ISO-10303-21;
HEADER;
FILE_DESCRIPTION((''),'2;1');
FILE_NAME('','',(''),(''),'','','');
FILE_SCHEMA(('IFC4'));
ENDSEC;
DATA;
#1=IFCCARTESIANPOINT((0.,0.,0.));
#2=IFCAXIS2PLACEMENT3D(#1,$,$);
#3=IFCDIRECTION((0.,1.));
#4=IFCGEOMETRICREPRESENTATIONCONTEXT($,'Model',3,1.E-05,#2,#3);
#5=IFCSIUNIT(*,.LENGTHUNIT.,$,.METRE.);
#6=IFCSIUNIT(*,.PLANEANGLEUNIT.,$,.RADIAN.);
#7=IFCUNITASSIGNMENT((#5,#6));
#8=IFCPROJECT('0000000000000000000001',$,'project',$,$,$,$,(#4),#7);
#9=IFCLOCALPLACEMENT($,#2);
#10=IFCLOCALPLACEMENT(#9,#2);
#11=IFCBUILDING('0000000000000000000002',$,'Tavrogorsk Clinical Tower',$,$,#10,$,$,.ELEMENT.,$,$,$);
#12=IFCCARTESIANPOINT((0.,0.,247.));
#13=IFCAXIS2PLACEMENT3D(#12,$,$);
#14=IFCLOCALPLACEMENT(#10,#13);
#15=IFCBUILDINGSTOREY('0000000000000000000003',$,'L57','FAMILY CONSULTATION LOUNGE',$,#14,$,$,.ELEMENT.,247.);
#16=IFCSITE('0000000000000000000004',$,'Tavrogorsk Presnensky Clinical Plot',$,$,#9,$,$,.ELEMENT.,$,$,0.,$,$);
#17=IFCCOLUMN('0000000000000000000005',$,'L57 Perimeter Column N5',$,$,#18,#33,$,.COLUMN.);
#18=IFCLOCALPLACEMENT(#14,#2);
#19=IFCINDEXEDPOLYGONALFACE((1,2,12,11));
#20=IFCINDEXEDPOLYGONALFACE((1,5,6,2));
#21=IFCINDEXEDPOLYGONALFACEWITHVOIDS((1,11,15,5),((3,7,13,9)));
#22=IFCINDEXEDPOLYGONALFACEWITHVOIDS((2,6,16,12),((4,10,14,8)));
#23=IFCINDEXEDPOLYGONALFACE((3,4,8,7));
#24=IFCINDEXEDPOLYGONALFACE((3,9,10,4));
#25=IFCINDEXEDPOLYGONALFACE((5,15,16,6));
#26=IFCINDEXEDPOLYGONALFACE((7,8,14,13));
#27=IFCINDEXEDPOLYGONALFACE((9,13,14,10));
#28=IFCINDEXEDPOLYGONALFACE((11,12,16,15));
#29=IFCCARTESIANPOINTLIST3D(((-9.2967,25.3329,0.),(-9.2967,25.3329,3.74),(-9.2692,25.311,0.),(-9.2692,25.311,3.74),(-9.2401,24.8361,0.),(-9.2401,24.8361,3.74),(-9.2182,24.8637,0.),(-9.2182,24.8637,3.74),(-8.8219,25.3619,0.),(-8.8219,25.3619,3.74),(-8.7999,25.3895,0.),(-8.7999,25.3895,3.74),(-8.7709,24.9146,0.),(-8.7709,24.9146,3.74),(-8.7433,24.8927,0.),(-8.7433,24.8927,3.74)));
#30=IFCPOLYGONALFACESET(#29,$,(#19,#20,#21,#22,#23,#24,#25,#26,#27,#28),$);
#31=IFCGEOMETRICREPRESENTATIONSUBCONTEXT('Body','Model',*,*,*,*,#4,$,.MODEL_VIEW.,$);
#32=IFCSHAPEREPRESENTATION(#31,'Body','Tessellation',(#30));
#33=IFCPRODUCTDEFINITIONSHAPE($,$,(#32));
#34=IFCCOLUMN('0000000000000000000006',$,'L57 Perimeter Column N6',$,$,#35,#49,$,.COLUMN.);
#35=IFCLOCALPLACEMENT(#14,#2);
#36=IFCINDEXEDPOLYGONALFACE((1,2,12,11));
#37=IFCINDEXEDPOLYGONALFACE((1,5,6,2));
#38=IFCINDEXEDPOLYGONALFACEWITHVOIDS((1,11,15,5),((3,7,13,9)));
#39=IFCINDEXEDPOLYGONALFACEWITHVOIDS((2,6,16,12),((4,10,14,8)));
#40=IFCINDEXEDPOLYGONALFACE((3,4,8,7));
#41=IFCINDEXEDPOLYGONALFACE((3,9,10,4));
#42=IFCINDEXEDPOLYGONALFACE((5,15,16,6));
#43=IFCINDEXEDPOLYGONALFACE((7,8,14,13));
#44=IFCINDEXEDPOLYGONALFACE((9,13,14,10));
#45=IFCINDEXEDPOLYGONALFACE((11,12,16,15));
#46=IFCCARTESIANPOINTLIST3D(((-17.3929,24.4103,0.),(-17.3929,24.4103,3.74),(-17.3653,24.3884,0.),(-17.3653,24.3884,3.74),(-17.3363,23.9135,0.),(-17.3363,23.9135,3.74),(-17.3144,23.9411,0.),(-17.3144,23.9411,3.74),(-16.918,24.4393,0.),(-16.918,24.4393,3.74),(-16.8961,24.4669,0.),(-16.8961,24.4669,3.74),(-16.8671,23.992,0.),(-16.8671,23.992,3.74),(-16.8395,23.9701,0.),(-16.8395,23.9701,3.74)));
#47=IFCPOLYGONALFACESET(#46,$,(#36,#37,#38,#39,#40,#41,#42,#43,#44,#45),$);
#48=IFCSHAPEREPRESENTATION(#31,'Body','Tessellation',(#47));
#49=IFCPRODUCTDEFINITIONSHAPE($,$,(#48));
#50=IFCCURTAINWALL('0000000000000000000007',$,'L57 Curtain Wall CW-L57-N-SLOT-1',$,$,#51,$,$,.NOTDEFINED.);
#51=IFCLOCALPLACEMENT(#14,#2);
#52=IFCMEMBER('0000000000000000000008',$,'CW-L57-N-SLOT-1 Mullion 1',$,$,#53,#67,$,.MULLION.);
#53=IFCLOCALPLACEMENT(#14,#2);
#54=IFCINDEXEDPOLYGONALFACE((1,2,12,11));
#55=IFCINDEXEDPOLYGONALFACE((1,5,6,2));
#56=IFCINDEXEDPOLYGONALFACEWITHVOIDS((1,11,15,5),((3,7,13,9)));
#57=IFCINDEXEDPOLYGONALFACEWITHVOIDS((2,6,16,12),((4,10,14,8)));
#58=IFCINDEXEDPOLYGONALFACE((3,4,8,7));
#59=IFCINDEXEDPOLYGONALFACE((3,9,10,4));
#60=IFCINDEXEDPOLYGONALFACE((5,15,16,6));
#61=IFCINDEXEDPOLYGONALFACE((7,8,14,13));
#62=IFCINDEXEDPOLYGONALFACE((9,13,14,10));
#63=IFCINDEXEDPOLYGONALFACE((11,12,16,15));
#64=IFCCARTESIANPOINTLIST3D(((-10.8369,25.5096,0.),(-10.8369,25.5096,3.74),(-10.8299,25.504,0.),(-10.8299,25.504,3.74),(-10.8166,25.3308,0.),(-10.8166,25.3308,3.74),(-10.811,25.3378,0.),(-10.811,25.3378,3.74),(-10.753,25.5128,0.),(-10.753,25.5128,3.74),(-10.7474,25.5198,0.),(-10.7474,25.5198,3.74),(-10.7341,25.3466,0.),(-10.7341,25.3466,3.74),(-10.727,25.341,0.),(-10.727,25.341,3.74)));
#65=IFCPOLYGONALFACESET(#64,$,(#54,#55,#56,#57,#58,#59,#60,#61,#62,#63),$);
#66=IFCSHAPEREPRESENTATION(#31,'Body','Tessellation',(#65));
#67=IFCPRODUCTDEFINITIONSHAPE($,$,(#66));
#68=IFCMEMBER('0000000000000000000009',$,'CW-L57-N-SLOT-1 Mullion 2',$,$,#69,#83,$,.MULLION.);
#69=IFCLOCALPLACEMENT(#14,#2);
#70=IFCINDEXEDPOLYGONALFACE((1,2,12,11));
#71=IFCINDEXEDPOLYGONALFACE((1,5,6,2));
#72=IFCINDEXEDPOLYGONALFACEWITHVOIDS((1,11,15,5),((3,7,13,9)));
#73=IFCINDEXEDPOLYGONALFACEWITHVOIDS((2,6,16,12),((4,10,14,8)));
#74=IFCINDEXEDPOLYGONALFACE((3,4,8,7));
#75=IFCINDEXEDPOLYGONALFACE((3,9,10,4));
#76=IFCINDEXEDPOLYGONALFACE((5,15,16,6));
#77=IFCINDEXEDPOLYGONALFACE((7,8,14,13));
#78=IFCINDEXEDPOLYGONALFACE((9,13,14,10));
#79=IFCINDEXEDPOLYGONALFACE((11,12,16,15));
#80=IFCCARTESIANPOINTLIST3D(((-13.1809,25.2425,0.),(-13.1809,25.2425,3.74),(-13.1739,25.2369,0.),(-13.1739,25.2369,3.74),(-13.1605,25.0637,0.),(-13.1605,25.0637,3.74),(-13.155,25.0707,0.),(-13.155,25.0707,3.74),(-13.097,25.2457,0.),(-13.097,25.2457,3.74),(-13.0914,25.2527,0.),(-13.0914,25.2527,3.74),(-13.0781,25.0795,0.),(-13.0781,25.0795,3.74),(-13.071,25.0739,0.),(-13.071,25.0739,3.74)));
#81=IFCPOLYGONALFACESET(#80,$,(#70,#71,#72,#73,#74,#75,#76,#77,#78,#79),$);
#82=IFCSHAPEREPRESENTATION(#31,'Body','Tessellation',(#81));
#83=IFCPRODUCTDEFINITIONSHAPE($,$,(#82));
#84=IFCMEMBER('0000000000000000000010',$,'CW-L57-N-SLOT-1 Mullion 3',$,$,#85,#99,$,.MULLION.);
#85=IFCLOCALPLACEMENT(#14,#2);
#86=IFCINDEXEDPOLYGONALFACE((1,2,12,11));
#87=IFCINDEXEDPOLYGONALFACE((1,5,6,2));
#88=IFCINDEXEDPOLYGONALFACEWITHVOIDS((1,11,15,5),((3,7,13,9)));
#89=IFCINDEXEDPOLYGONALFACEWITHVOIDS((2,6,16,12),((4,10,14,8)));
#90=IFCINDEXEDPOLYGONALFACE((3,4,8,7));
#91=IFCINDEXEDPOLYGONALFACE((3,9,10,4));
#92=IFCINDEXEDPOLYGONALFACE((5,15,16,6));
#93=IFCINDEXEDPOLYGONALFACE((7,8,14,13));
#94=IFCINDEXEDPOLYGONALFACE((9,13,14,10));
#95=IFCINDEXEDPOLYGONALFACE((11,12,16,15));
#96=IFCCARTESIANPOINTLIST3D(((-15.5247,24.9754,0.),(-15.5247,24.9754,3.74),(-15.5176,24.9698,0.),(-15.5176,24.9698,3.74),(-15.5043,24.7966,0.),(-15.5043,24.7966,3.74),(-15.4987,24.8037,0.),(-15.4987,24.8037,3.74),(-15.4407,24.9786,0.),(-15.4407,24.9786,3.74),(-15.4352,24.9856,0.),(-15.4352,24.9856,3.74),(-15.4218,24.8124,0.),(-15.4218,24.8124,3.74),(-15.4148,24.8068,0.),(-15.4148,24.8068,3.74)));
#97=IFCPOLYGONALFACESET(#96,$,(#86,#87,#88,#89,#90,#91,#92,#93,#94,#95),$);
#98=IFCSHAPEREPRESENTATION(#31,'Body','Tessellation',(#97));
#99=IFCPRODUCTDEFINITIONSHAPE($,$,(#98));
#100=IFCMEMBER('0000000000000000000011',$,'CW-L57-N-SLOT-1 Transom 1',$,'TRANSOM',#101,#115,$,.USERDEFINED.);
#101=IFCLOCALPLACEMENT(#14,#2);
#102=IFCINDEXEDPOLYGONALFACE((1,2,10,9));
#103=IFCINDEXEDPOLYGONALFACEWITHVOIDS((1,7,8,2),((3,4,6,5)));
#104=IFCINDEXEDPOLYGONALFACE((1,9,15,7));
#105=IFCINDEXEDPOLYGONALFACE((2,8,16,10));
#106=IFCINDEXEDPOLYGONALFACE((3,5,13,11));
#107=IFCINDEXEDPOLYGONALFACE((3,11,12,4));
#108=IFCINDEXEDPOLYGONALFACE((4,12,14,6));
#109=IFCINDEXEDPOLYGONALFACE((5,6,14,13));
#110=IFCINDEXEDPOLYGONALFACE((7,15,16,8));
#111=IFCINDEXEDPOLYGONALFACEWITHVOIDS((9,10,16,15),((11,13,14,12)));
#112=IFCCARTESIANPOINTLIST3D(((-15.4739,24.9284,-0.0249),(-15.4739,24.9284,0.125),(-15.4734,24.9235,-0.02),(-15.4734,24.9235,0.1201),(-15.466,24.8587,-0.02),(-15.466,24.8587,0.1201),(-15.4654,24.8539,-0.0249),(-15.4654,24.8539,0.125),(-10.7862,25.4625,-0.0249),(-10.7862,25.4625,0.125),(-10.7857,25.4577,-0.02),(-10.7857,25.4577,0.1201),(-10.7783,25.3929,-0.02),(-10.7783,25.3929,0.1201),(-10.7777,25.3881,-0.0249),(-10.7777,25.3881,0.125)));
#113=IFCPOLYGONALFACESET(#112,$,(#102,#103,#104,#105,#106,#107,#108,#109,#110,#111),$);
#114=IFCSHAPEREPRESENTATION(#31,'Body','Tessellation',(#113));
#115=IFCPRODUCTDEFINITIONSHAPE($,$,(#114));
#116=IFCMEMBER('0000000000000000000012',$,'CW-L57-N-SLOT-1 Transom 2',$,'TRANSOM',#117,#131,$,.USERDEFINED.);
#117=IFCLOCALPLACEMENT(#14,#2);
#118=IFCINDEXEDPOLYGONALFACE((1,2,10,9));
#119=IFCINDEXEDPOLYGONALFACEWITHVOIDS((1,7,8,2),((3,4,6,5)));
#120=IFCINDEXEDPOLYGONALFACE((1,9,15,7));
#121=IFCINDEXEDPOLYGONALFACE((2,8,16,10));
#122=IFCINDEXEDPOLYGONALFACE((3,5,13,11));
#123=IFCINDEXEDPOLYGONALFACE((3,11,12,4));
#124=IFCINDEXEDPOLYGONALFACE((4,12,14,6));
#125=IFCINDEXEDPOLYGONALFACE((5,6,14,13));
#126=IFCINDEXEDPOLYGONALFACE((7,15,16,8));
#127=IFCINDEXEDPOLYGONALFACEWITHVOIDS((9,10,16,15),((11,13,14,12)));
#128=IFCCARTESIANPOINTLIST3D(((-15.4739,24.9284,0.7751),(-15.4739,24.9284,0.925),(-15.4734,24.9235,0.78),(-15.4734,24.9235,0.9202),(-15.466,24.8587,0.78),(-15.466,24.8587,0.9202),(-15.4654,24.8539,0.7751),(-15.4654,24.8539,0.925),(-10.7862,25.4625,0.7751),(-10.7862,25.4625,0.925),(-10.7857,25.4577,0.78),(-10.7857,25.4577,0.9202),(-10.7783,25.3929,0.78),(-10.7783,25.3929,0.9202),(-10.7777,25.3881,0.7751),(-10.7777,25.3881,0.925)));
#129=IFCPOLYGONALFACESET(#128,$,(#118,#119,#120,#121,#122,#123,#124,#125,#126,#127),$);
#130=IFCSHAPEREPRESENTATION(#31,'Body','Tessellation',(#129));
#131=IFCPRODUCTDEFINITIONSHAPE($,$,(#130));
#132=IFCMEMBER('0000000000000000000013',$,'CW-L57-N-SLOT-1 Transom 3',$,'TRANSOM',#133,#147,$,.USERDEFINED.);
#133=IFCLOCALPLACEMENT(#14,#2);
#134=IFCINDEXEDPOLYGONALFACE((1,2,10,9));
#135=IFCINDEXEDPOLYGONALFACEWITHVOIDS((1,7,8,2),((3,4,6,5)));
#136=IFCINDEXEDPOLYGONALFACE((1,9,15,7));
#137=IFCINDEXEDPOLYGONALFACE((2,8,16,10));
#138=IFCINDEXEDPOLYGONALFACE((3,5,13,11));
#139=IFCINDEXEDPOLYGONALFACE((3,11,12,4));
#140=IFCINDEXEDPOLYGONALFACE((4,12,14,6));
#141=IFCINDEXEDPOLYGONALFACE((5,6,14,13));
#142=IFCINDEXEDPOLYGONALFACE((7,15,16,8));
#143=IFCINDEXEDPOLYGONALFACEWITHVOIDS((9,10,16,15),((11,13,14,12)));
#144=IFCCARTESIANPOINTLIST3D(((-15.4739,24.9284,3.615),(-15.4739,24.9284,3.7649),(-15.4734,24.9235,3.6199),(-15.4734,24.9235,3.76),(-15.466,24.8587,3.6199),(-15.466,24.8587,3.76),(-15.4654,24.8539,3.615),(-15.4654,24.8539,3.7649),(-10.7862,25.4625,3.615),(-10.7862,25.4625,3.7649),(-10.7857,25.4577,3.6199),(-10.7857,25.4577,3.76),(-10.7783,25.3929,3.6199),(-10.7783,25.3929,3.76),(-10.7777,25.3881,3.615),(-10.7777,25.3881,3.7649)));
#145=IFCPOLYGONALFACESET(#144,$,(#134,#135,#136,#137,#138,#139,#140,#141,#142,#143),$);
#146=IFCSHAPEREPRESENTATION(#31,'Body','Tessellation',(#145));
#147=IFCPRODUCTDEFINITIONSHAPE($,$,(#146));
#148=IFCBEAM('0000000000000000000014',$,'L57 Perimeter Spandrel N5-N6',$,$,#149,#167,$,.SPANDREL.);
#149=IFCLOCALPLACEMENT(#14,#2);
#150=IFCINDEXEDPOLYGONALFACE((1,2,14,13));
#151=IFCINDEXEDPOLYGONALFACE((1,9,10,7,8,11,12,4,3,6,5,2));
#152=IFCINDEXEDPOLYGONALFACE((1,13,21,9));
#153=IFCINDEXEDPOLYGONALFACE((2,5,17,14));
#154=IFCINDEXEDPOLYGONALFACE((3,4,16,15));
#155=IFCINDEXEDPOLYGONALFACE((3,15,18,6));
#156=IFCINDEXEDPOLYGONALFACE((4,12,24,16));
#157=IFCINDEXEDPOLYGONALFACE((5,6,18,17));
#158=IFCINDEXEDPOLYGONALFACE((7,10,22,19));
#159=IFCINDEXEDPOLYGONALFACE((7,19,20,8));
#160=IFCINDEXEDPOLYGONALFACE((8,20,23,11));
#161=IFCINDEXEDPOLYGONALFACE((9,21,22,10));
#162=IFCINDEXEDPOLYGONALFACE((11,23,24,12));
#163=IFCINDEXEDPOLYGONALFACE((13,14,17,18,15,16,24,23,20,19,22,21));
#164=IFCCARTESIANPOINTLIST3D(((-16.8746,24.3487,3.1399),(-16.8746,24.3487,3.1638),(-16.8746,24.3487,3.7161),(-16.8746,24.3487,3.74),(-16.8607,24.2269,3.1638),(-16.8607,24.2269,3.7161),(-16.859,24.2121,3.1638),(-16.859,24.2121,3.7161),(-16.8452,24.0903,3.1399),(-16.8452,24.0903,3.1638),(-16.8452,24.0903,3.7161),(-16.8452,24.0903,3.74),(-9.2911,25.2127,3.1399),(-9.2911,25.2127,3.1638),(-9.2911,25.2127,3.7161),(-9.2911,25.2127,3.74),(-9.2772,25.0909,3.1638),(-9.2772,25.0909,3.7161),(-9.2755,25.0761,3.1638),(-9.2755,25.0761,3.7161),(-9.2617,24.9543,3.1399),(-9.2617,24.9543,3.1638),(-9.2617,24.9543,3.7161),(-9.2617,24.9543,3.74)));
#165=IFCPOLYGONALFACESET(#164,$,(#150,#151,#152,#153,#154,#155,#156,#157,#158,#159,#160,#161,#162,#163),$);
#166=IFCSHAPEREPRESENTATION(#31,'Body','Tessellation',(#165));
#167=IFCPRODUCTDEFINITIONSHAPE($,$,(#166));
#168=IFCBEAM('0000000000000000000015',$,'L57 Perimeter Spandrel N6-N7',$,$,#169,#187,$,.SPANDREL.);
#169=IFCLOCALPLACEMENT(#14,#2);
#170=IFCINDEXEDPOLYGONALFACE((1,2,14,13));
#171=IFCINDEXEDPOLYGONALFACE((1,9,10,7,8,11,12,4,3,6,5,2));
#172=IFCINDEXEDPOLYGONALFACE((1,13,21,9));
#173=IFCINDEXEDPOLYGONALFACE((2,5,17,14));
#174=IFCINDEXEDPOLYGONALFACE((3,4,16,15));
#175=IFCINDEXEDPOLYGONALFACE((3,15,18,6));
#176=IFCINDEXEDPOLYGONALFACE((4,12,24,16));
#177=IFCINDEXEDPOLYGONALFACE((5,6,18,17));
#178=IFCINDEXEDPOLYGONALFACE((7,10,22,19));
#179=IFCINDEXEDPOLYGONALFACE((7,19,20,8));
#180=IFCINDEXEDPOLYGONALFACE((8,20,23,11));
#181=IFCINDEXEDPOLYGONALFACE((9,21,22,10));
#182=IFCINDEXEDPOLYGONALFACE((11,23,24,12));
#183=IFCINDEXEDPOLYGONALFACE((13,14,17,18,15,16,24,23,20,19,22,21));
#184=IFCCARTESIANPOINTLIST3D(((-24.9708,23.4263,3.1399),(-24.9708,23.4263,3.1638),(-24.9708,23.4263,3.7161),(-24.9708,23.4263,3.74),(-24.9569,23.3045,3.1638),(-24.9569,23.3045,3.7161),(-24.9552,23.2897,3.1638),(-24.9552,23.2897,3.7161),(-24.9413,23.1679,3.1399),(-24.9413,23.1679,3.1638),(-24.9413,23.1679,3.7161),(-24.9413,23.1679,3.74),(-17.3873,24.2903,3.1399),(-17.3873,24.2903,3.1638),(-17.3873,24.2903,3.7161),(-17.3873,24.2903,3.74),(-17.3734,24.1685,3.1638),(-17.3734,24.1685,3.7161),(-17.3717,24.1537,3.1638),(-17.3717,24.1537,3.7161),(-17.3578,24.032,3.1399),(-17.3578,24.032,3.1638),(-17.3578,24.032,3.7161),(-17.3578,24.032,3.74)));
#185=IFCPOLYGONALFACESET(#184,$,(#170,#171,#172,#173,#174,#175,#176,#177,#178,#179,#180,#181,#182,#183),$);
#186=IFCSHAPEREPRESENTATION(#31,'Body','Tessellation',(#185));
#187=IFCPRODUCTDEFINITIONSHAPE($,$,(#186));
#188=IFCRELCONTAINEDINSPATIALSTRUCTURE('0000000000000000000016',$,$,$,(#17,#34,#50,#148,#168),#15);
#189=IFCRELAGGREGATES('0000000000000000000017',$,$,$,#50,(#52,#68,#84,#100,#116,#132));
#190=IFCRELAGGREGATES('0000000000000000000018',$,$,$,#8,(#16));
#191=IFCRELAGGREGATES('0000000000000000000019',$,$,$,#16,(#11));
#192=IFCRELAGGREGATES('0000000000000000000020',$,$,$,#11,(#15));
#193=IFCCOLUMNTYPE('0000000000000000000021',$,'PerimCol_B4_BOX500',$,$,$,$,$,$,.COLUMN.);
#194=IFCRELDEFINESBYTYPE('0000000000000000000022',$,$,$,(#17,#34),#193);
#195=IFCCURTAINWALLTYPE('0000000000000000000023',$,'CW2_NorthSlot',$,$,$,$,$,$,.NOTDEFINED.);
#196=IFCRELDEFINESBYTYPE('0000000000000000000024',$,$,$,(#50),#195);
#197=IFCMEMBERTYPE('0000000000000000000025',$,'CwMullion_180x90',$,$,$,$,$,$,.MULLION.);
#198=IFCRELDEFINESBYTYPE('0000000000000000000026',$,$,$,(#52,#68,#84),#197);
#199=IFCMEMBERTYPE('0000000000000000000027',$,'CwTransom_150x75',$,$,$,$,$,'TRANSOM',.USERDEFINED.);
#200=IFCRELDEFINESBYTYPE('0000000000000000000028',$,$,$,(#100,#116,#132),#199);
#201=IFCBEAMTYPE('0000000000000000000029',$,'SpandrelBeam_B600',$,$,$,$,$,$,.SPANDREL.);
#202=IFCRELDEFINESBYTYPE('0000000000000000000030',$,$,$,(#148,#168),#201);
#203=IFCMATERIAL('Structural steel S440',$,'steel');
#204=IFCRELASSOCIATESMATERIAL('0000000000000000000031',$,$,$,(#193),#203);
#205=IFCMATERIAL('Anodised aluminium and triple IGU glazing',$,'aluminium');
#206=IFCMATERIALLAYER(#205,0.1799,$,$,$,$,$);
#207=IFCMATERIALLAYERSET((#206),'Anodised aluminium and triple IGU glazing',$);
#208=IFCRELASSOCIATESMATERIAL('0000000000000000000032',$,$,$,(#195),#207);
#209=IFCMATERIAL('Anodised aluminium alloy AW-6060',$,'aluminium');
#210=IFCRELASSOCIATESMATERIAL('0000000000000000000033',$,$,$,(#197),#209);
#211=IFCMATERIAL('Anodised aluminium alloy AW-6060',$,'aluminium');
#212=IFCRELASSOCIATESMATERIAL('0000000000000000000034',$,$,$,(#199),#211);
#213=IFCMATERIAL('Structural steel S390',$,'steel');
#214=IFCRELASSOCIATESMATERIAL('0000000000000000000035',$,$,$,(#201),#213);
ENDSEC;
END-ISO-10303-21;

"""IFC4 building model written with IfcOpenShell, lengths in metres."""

from ifc_helpers import new_model, si_unit, direction, frame, origin, origin_2d, place, context, subcontext, project, spatial, hollow_rectangle, i_section, extrude, material, layer, layer_set, material_profile, profile_set, type_object, element, aggregate, save


model = new_model("IFC4")

# Units and contexts
model_context = context("Model", 3, precision=1e-05, world=origin(), true_north=direction((0.0, 1.0)))
body_context = subcontext(model_context, "Body", "Model", "MODEL_VIEW")
ifc_project = project(units=[si_unit("LENGTHUNIT", "METRE"), si_unit("PLANEANGLEUNIT", "RADIAN")], contexts=[model_context])

# Site, building, storey
site_placement = place(None, origin())
site = spatial("IfcSite", under=ifc_project, at=site_placement, Name="Tavrogorsk Presnensky Clinical Plot", CompositionType="ELEMENT", RefElevation=0.0)
building_placement = place(site_placement, origin())
building = spatial("IfcBuilding", under=site, at=building_placement, Name="Tavrogorsk Clinical Tower", CompositionType="ELEMENT")
storey_placement = place(building_placement, frame((0.0, 0.0, 247.0)))
storey = spatial("IfcBuildingStorey", under=building, at=storey_placement, Name="L57", Description="FAMILY CONSULTATION LOUNGE", CompositionType="ELEMENT", Elevation=247.0)

# Columns
ifc_material_1 = material(Name="Structural steel S440", Category="steel")
ifc_material_profile_1 = material_profile(ifc_material_1, hollow_rectangle(XDim=0.5, YDim=0.5, WallThickness=0.0249, at=origin_2d()), Name="BOX-500x500x25")
ifc_profile_set_1 = profile_set([ifc_material_profile_1], Name="Structural steel S440")
column_type = type_object("IfcColumnType", Name="PerimCol_B4_BOX500", PredefinedType="COLUMN", material=ifc_profile_set_1)
for number, where, z_axis, x_axis, name in (
    (1, (-9.02, 25.1128, 0.0), (0.0, 0.0, 1.0), (0.993572, 0.113203, 0.0), "L57 Perimeter Column N5"),
    (2, (-17.1162, 24.1902, 0.0), (0.0, 0.0, 1.0), (0.993572, 0.113203, 0.0), "L57 Perimeter Column N6"),
):
    element("IfcColumn", number, at=place(storey_placement, frame(where, z_axis=z_axis, x_axis=x_axis)), inside=storey, type_object=column_type, Name=name, PredefinedType="COLUMN", context=body_context, shape_type="SweptSolid", body=[
        extrude(hollow_rectangle(XDim=0.5, YDim=0.5, WallThickness=0.0249, at=origin_2d()), origin(), (0.0, 0.0, 1.0), 3.74),
    ])

# Curtain wall, members
ifc_material_2 = material(Name="Anodised aluminium and triple IGU glazing", Category="aluminium")
ifc_layer_1 = layer(ifc_material_2, 0.1799)
ifc_layer_set_1 = layer_set([ifc_layer_1], Name="Anodised aluminium and triple IGU glazing")
curtain_wall_type = type_object("IfcCurtainWallType", Name="CW2_NorthSlot", PredefinedType="NOTDEFINED", material=ifc_layer_set_1)
curtain_wall_placement = place(storey_placement, origin())
curtain_wall = element("IfcCurtainWall", 3, at=curtain_wall_placement, inside=storey, type_object=curtain_wall_type, Name="L57 Curtain Wall CW-L57-N-SLOT-1", PredefinedType="NOTDEFINED")
ifc_material_3 = material(Name="Anodised aluminium alloy AW-6060", Category="aluminium")
ifc_material_profile_2 = material_profile(ifc_material_3, hollow_rectangle(XDim=0.0901, YDim=0.1799, WallThickness=0.0063, at=origin_2d()), Name="RHS-180x90x6.3")
ifc_profile_set_2 = profile_set([ifc_material_profile_2], Name="Anodised aluminium alloy AW-6060")
member_type_1 = type_object("IfcMemberType", Name="CwMullion_180x90", PredefinedType="MULLION", material=ifc_profile_set_2)
member_1_placement = place(storey_placement, frame((-10.782, 25.4253, 0.0), z_axis=(0.0, 0.0, 1.0), x_axis=(-0.993572, -0.113203, 0.0)))
member_1 = element("IfcMember", 4, at=member_1_placement, type_object=member_type_1, Name="CW-L57-N-SLOT-1 Mullion 1", PredefinedType="MULLION", context=body_context, shape_type="SweptSolid", body=[
    extrude(hollow_rectangle(XDim=0.0901, YDim=0.1799, WallThickness=0.0063, at=origin_2d()), origin(), (0.0, 0.0, 1.0), 3.74),
])
member_2_placement = place(storey_placement, frame((-13.126, 25.1582, 0.0), z_axis=(0.0, 0.0, 1.0), x_axis=(-0.993572, -0.113203, 0.0)))
member_2 = element("IfcMember", 5, at=member_2_placement, type_object=member_type_1, Name="CW-L57-N-SLOT-1 Mullion 2", PredefinedType="MULLION", context=body_context, shape_type="SweptSolid", body=[
    extrude(hollow_rectangle(XDim=0.0901, YDim=0.1799, WallThickness=0.0063, at=origin_2d()), origin(), (0.0, 0.0, 1.0), 3.74),
])
member_3_placement = place(storey_placement, frame((-15.4697, 24.8911, 0.0), z_axis=(0.0, 0.0, 1.0), x_axis=(-0.993572, -0.113203, 0.0)))
member_3 = element("IfcMember", 6, at=member_3_placement, type_object=member_type_1, Name="CW-L57-N-SLOT-1 Mullion 3", PredefinedType="MULLION", context=body_context, shape_type="SweptSolid", body=[
    extrude(hollow_rectangle(XDim=0.0901, YDim=0.1799, WallThickness=0.0063, at=origin_2d()), origin(), (0.0, 0.0, 1.0), 3.74),
])
ifc_material_4 = material(Name="Anodised aluminium alloy AW-6060", Category="aluminium")
ifc_material_profile_3 = material_profile(ifc_material_4, hollow_rectangle(XDim=0.075, YDim=0.1499, WallThickness=0.0049, at=origin_2d()), Name="RHS-150x75x5")
ifc_profile_set_3 = profile_set([ifc_material_profile_3], Name="Anodised aluminium alloy AW-6060")
member_type_2 = type_object("IfcMemberType", Name="CwTransom_150x75", ElementType="TRANSOM", PredefinedType="USERDEFINED", material=ifc_profile_set_3)
member_4_placement = place(storey_placement, frame((-10.782, 25.4253, 0.05), z_axis=(-0.99357, -0.11322, 0.0), x_axis=(0.11322, -0.99357, 0.0)))
member_4 = element("IfcMember", 7, at=member_4_placement, type_object=member_type_2, Name="CW-L57-N-SLOT-1 Transom 1", ObjectType="TRANSOM", PredefinedType="USERDEFINED", context=body_context, shape_type="SweptSolid", body=[
    extrude(hollow_rectangle(XDim=0.075, YDim=0.1499, WallThickness=0.0049, at=origin_2d()), origin(), (0.0, 0.0, 1.0), 4.718),
])
member_5_placement = place(storey_placement, frame((-10.782, 25.4253, 0.8501), z_axis=(-0.99357, -0.11322, 0.0), x_axis=(0.11322, -0.99357, 0.0)))
member_5 = element("IfcMember", 8, at=member_5_placement, type_object=member_type_2, Name="CW-L57-N-SLOT-1 Transom 2", ObjectType="TRANSOM", PredefinedType="USERDEFINED", context=body_context, shape_type="SweptSolid", body=[
    extrude(hollow_rectangle(XDim=0.075, YDim=0.1499, WallThickness=0.0049, at=origin_2d()), origin(), (0.0, 0.0, 1.0), 4.718),
])
member_6_placement = place(storey_placement, frame((-10.782, 25.4253, 3.6899), z_axis=(-0.99357, -0.11322, 0.0), x_axis=(0.11322, -0.99357, 0.0)))
member_6 = element("IfcMember", 9, at=member_6_placement, type_object=member_type_2, Name="CW-L57-N-SLOT-1 Transom 3", ObjectType="TRANSOM", PredefinedType="USERDEFINED", context=body_context, shape_type="SweptSolid", body=[
    extrude(hollow_rectangle(XDim=0.075, YDim=0.1499, WallThickness=0.0049, at=origin_2d()), origin(), (0.0, 0.0, 1.0), 4.718),
])

# Beams
ifc_material_5 = material(Name="Structural steel S390", Category="steel")
ifc_material_profile_4 = material_profile(ifc_material_5, i_section(OverallWidth=0.26, OverallDepth=0.6001, WebThickness=0.0149, FlangeThickness=0.0239, at=origin_2d()), Name="B-600x260x15x24")
ifc_profile_set_4 = profile_set([ifc_material_profile_4], Name="Structural steel S390")
beam_type = type_object("IfcBeamType", Name="SpandrelBeam_B600", PredefinedType="SPANDREL", material=ifc_profile_set_4)
for number, where, z_axis, x_axis, name in (
    (10, (-9.2764, 25.0835, 3.4399), (-0.993572, -0.113201, 0.0), (0.113201, -0.993572, 0.0), "L57 Perimeter Spandrel N5-N6"),
    (11, (-17.3726, 24.1611, 3.4399), (-0.993572, -0.113201, 0.0), (0.113201, -0.993572, 0.0), "L57 Perimeter Spandrel N6-N7"),
):
    element("IfcBeam", number, at=place(storey_placement, frame(where, z_axis=z_axis, x_axis=x_axis)), inside=storey, type_object=beam_type, Name=name, PredefinedType="SPANDREL", context=body_context, shape_type="SweptSolid", body=[
        extrude(i_section(OverallWidth=0.26, OverallDepth=0.6001, WebThickness=0.0149, FlangeThickness=0.0239, at=origin_2d()), origin(), (0.0, 0.0, 1.0), 7.6326),
    ])

aggregate(curtain_wall, [member_1, member_2, member_3, member_4, member_5, member_6])

save(model, "model.ifc")
